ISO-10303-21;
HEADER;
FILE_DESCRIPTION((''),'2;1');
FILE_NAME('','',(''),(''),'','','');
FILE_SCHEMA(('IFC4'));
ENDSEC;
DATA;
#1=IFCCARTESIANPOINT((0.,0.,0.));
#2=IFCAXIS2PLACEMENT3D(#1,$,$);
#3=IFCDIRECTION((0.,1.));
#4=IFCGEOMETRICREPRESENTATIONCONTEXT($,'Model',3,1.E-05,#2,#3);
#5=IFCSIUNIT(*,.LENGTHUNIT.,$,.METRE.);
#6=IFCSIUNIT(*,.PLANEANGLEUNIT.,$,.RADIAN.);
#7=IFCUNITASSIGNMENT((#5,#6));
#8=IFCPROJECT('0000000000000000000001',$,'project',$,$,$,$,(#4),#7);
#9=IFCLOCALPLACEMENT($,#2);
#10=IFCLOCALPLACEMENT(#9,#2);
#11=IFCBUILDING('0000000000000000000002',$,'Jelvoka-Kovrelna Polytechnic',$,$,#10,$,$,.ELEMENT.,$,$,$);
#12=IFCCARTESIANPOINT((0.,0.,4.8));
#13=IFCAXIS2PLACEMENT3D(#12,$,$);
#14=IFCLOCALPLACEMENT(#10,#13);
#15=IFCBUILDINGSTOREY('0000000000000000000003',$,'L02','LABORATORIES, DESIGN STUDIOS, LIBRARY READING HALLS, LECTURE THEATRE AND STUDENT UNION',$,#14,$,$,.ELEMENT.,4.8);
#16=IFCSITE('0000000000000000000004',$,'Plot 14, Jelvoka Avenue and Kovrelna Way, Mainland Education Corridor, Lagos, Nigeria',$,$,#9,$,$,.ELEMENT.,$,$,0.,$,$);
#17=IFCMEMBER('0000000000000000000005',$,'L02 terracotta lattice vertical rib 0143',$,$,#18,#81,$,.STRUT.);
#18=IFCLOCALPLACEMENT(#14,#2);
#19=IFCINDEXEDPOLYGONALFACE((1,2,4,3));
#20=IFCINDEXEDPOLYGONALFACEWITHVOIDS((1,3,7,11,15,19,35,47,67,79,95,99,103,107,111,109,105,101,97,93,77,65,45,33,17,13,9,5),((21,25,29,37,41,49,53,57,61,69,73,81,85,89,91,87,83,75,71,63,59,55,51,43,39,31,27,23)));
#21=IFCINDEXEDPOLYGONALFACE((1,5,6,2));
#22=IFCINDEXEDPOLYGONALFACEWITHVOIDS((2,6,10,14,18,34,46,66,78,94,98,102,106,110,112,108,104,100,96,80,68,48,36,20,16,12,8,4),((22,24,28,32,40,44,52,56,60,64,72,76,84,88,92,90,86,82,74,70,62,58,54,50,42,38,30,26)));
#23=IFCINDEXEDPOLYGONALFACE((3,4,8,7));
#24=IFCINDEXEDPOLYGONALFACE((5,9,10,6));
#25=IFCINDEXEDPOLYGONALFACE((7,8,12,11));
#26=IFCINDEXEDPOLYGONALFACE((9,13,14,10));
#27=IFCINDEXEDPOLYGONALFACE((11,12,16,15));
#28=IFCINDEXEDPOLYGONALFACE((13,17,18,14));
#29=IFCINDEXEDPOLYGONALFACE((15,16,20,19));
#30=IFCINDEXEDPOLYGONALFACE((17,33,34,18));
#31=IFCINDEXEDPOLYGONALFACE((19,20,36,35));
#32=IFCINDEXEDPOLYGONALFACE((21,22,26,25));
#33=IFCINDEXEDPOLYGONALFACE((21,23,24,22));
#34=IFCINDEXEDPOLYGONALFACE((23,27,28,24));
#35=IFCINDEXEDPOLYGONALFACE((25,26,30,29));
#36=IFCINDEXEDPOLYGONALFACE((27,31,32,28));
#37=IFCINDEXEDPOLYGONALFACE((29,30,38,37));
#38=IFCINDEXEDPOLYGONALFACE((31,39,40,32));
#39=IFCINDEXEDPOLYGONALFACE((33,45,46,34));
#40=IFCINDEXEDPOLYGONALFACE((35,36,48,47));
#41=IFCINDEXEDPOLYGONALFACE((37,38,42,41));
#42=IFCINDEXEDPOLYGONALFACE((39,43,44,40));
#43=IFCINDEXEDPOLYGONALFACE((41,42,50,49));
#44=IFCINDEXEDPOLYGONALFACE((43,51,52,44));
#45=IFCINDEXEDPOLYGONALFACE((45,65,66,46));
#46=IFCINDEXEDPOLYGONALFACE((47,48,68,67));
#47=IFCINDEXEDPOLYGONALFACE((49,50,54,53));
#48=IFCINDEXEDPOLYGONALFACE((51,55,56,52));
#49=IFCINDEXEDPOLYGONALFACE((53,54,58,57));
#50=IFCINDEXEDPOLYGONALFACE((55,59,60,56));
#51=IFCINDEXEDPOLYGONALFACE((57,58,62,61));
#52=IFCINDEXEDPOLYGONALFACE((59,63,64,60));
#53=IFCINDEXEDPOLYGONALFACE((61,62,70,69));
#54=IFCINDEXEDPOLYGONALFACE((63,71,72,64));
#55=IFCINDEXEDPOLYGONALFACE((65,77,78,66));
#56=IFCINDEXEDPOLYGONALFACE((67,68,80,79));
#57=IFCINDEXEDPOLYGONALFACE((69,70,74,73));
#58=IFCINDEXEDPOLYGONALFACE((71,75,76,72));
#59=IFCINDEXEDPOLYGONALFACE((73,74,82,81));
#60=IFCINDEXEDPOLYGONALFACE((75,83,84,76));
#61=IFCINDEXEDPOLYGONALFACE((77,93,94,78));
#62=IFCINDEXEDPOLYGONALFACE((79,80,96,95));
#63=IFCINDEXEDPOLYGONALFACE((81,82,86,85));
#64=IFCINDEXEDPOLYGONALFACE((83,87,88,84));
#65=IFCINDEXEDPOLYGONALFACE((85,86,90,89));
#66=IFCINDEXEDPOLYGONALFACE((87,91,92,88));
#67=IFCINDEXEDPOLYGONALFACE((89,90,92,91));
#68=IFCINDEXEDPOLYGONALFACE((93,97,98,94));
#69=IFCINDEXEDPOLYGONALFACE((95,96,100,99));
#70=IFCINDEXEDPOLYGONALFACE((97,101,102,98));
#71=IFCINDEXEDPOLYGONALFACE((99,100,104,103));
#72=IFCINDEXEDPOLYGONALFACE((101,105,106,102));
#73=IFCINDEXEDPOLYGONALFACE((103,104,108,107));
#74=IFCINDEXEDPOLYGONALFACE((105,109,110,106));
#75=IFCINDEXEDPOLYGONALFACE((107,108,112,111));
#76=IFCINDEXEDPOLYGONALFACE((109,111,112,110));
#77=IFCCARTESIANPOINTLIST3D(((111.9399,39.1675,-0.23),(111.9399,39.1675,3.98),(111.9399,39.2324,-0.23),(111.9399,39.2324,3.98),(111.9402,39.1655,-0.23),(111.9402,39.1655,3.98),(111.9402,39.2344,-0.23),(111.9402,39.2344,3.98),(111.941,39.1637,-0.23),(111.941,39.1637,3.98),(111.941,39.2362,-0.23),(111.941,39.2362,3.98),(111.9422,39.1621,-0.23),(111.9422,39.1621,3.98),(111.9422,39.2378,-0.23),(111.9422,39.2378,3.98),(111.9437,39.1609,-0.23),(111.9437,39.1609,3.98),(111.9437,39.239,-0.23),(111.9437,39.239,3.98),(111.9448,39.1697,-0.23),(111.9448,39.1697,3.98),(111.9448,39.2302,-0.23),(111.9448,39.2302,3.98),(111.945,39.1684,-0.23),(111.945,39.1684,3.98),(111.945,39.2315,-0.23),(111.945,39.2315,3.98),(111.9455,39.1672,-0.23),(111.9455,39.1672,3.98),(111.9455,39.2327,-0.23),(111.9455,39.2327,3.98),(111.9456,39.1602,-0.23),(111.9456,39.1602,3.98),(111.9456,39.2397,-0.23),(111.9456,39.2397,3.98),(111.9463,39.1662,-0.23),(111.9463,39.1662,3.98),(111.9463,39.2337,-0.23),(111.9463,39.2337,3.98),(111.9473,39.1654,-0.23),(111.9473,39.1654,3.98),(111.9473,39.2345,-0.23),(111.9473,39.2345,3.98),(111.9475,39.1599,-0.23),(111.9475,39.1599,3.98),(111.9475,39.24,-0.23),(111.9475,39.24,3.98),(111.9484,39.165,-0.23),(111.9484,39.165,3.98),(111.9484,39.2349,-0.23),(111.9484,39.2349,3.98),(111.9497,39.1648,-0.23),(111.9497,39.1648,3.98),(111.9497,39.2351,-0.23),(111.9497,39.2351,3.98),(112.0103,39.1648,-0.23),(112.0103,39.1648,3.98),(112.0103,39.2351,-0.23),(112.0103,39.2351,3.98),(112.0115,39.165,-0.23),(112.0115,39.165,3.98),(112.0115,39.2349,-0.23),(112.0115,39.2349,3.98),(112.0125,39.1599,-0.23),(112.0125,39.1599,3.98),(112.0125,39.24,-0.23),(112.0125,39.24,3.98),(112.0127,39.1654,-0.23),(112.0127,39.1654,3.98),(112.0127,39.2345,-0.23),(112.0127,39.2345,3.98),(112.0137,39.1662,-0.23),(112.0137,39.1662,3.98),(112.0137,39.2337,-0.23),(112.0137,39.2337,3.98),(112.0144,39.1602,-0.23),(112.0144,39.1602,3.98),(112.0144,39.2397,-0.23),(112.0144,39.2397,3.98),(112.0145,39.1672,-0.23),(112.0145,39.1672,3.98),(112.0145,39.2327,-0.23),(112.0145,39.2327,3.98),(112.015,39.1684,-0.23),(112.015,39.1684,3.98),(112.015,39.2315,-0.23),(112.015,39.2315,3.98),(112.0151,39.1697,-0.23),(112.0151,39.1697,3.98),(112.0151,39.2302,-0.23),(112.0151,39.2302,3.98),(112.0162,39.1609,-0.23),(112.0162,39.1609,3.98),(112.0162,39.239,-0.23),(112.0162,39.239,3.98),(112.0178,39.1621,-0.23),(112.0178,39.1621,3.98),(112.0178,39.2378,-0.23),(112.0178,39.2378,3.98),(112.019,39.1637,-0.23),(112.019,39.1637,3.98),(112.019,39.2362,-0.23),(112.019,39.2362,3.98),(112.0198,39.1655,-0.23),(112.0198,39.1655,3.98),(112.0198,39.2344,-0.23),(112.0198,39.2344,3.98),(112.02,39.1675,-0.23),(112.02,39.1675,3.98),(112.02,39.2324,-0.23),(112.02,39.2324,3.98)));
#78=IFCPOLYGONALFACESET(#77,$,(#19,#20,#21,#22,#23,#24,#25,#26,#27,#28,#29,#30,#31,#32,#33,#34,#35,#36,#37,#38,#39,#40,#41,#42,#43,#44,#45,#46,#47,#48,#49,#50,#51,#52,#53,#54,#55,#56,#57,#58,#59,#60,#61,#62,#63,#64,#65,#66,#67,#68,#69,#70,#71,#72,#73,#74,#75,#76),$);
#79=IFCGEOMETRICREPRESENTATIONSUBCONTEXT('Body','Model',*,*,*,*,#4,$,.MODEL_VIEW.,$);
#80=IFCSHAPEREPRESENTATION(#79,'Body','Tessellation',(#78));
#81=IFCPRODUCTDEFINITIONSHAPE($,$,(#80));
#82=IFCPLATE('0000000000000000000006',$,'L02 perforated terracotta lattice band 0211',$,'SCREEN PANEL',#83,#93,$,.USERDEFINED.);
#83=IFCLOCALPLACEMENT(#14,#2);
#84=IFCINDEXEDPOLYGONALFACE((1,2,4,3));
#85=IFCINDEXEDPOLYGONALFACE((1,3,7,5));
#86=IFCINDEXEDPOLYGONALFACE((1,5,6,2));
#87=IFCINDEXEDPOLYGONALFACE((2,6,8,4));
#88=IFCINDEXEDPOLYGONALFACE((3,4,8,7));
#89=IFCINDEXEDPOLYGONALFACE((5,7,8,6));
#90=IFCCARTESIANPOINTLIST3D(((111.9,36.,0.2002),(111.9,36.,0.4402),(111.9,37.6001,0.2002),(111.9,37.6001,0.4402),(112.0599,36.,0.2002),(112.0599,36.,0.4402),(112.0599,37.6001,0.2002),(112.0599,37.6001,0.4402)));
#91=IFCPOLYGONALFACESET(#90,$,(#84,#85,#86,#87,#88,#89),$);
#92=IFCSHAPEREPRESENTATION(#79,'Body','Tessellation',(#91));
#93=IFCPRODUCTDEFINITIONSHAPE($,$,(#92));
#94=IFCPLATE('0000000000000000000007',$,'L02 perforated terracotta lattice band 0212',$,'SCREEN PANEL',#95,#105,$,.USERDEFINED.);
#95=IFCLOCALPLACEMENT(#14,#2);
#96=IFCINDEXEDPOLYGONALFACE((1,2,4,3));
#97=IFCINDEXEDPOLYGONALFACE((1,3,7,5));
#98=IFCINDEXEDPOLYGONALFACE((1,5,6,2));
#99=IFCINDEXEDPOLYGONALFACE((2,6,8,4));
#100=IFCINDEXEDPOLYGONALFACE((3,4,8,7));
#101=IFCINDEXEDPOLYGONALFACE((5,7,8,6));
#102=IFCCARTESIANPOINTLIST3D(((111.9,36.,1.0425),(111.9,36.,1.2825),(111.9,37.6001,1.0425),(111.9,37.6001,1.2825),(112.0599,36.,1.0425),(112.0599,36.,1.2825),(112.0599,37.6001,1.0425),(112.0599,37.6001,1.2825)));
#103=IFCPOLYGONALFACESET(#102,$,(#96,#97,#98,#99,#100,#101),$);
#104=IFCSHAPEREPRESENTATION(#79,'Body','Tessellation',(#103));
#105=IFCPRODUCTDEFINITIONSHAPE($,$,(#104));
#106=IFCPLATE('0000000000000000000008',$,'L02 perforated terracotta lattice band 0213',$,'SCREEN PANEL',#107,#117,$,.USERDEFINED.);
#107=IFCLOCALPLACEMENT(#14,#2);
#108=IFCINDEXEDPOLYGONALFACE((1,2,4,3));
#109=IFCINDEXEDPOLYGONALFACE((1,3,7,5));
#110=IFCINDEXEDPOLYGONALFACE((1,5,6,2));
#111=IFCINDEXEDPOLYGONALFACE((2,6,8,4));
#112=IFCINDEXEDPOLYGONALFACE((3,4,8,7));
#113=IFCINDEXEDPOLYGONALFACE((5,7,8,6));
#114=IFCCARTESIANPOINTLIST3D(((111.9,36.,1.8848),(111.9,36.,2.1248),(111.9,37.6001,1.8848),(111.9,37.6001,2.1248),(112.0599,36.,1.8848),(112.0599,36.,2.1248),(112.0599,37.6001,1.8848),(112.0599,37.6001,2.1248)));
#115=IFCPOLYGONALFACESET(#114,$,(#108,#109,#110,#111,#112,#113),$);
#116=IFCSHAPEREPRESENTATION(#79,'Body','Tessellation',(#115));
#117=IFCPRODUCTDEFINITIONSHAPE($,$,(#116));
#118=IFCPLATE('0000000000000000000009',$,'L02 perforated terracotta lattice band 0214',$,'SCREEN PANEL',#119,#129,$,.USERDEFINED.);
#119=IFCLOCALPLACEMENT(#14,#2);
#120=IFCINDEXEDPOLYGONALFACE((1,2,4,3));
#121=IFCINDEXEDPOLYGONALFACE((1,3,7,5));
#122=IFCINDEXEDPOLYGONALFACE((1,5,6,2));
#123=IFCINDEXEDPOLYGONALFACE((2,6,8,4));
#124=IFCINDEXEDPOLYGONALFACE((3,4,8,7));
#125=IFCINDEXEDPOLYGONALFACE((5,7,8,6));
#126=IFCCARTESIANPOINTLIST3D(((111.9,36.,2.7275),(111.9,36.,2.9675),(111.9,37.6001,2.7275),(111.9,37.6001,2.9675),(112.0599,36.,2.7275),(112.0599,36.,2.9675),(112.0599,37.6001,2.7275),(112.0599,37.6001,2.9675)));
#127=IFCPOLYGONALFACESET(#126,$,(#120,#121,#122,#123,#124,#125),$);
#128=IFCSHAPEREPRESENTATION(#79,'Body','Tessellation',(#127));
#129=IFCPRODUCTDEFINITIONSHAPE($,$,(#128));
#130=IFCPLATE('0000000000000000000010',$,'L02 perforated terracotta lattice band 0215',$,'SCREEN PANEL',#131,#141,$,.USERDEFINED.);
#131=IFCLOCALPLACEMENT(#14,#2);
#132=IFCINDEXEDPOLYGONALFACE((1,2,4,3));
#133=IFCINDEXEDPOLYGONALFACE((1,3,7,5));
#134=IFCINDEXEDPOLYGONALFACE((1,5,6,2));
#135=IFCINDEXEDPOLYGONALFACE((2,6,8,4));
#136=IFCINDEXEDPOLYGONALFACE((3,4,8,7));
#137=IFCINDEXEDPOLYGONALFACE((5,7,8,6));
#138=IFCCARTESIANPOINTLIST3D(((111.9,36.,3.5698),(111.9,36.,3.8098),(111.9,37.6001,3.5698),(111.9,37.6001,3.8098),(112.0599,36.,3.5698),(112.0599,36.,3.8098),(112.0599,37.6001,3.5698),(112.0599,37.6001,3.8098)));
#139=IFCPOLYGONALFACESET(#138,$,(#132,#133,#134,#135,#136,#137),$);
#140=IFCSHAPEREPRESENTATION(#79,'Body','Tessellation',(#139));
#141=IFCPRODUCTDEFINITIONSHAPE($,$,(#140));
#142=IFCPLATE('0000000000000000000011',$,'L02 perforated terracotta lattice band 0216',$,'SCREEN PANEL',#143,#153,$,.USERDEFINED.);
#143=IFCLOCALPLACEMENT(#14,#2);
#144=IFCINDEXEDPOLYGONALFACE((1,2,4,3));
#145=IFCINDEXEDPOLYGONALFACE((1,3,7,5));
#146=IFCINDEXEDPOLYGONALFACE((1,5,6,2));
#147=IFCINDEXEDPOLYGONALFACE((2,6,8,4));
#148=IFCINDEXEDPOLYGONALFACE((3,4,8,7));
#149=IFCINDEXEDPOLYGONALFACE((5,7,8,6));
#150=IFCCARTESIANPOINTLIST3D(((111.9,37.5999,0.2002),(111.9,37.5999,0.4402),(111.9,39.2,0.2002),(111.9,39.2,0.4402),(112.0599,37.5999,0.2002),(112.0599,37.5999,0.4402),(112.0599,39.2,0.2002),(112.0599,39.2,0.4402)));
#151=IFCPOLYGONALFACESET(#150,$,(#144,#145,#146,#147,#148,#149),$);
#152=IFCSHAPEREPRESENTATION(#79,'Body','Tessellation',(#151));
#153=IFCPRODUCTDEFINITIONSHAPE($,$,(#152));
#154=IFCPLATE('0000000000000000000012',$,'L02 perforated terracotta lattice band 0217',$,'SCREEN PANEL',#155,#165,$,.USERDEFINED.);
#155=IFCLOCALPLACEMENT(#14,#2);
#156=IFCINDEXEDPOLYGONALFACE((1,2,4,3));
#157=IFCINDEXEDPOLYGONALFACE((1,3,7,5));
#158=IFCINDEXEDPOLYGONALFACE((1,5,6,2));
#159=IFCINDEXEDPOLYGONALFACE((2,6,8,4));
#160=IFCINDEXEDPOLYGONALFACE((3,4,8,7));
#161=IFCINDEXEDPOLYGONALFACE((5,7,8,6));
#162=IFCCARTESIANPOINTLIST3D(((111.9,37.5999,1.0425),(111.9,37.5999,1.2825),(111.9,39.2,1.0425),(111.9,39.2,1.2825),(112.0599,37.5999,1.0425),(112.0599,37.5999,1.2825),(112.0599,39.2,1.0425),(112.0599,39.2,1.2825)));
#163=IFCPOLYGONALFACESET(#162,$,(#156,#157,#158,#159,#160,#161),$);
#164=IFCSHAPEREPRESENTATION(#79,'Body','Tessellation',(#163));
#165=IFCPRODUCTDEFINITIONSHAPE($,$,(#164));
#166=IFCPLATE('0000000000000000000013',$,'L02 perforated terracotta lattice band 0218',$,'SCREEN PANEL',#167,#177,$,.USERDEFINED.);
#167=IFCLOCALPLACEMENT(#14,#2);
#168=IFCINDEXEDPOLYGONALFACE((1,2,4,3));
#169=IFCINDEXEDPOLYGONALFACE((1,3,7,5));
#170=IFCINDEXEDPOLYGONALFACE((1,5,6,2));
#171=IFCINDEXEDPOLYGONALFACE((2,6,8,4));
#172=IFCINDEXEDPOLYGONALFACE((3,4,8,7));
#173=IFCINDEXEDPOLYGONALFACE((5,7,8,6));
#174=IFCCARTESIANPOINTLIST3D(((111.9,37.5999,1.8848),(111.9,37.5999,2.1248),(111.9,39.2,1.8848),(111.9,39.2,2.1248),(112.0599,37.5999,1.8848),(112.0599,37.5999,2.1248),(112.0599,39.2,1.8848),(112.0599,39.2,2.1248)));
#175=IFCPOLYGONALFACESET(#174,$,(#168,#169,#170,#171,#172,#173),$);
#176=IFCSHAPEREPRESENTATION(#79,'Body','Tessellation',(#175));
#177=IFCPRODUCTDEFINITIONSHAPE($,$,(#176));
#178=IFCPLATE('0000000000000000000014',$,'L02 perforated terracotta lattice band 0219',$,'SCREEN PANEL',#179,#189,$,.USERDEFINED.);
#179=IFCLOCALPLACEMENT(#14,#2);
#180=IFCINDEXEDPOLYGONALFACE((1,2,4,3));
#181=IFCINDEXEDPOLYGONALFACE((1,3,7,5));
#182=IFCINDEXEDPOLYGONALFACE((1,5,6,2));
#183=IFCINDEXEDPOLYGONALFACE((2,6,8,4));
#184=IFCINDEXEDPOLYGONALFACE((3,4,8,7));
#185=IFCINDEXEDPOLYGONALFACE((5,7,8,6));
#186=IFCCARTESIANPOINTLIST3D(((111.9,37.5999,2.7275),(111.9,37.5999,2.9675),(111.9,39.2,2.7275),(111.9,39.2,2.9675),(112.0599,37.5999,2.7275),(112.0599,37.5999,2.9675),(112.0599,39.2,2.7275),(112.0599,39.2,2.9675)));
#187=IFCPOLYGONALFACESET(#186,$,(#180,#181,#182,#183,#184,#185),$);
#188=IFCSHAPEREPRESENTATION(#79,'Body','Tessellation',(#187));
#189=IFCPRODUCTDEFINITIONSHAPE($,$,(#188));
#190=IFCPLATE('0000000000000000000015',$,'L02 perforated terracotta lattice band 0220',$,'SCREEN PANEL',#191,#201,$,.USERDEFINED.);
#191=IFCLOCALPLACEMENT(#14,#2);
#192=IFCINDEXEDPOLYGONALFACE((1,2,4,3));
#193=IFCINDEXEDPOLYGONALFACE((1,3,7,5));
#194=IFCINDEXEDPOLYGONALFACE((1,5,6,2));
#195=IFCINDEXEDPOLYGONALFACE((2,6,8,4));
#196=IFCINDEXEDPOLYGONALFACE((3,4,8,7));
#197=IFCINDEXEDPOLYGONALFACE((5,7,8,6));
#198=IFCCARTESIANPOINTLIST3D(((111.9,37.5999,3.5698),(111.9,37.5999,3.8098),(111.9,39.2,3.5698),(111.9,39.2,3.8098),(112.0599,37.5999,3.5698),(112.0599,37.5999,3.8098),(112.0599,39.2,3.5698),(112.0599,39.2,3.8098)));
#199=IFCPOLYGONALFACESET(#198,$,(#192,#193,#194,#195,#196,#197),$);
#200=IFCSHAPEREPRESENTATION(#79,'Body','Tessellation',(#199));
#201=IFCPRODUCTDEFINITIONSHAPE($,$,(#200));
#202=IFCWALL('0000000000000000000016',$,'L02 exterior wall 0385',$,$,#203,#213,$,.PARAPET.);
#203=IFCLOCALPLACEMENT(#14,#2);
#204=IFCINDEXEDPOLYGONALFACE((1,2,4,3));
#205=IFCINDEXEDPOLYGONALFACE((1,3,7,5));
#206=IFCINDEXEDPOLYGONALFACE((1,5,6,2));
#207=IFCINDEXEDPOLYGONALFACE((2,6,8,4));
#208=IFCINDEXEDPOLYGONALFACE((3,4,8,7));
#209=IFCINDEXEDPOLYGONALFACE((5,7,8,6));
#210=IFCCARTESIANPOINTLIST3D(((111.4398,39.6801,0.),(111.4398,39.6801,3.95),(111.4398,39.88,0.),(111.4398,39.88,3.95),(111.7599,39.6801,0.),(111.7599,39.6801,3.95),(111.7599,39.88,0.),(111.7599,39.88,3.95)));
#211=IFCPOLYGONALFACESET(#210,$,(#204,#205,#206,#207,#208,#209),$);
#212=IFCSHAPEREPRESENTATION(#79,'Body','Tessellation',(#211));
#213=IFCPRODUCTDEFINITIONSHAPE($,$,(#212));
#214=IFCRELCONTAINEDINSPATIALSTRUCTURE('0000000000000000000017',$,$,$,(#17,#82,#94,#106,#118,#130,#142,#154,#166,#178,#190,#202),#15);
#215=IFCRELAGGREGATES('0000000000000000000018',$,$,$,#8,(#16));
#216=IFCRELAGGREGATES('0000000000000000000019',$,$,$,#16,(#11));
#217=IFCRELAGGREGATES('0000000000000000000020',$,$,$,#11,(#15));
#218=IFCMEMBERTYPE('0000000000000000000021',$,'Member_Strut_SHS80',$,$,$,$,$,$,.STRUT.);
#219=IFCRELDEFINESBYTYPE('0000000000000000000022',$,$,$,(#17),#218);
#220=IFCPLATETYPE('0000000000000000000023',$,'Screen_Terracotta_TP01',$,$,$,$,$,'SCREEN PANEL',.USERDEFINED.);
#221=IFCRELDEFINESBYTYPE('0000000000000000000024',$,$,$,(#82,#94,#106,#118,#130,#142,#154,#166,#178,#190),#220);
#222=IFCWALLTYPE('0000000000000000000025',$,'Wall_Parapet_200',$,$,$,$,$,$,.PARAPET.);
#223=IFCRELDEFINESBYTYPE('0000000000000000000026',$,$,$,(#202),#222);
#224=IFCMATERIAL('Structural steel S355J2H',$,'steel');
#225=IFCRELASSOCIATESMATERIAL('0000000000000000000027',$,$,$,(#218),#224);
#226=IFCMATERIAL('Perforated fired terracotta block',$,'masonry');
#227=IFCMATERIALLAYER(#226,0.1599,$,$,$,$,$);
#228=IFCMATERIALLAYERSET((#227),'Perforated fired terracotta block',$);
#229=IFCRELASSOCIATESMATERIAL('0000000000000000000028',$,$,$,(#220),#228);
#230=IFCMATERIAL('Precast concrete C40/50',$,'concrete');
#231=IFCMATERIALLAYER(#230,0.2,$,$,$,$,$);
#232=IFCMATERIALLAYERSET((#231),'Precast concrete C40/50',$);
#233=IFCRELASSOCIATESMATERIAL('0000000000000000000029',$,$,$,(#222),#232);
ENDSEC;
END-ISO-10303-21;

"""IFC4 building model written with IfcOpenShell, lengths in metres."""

from ifc_helpers import new_model, si_unit, direction, frame, frame_2d, origin, origin_2d, place, context, subcontext, project, spatial, rectangle, hollow_rectangle, extrude, material, layer, layer_set, material_profile, profile_set, type_object, element, save


model = new_model("IFC4")

# Units and contexts
model_context = context("Model", 3, precision=1e-05, world=origin(), true_north=direction((0.0, 1.0)))
body_context = subcontext(model_context, "Body", "Model", "MODEL_VIEW")
ifc_project = project(units=[si_unit("LENGTHUNIT", "METRE"), si_unit("PLANEANGLEUNIT", "RADIAN")], contexts=[model_context])

# Site, building, storey
site_placement = place(None, origin())
site = spatial("IfcSite", under=ifc_project, at=site_placement, Name="Plot 14, Jelvoka Avenue and Kovrelna Way, Mainland Education Corridor, Lagos, Nigeria", CompositionType="ELEMENT", RefElevation=0.0)
building_placement = place(site_placement, origin())
building = spatial("IfcBuilding", under=site, at=building_placement, Name="Jelvoka-Kovrelna Polytechnic", CompositionType="ELEMENT")
storey_placement = place(building_placement, frame((0.0, 0.0, 4.8)))
storey = spatial("IfcBuildingStorey", under=building, at=storey_placement, Name="L02", Description="LABORATORIES, DESIGN STUDIOS, LIBRARY READING HALLS, LECTURE THEATRE AND STUDENT UNION", CompositionType="ELEMENT", Elevation=4.8)

# Member
ifc_material_1 = material(Name="Structural steel S355J2H", Category="steel")
ifc_material_profile = material_profile(ifc_material_1, hollow_rectangle(XDim=0.0801, YDim=0.0801, WallThickness=0.0049, InnerFilletRadius=0.0049, OuterFilletRadius=0.0076, at=origin_2d()), Name="80x80x5.0 SHS")
ifc_profile_set = profile_set([ifc_material_profile], Name="Structural steel S355J2H")
member_type = type_object("IfcMemberType", Name="Member_Strut_SHS80", PredefinedType="STRUT", material=ifc_profile_set)
for number, where, z_axis, x_axis, name in (
    (1, (111.98, 39.2, -0.23), (0.0, 0.0, 1.0), (1.0, 0.0, 0.0), "L02 terracotta lattice vertical rib 0143"),
):
    element("IfcMember", number, at=place(storey_placement, frame(where, z_axis=z_axis, x_axis=x_axis)), inside=storey, type_object=member_type, Name=name, PredefinedType="STRUT", context=body_context, shape_type="SweptSolid", body=[
        extrude(hollow_rectangle(XDim=0.0801, YDim=0.0801, WallThickness=0.0049, InnerFilletRadius=0.0049, OuterFilletRadius=0.0076, at=origin_2d()), origin(), (0.0, 0.0, 1.0), 4.21),
    ])

# Plates
ifc_material_2 = material(Name="Perforated fired terracotta block", Category="masonry")
ifc_layer_1 = layer(ifc_material_2, 0.1599)
ifc_layer_set_1 = layer_set([ifc_layer_1], Name="Perforated fired terracotta block")
plate_type = type_object("IfcPlateType", Name="Screen_Terracotta_TP01", ElementType="SCREEN PANEL", PredefinedType="USERDEFINED", material=ifc_layer_set_1)
for number, where, z_axis, x_axis, name in (
    (2, (111.98, 36.8, 0.2002), (0.0, 0.0, 1.0), (0.0, 1.0, 0.0), "L02 perforated terracotta lattice band 0211"),
    (3, (111.98, 36.8, 1.0425), (0.0, 0.0, 1.0), (0.0, 1.0, 0.0), "L02 perforated terracotta lattice band 0212"),
    (4, (111.98, 36.8, 1.8848), (0.0, 0.0, 1.0), (0.0, 1.0, 0.0), "L02 perforated terracotta lattice band 0213"),
    (5, (111.98, 36.8, 2.7275), (0.0, 0.0, 1.0), (0.0, 1.0, 0.0), "L02 perforated terracotta lattice band 0214"),
    (6, (111.98, 36.8, 3.5698), (0.0, 0.0, 1.0), (0.0, 1.0, 0.0), "L02 perforated terracotta lattice band 0215"),
    (7, (111.98, 38.3999, 0.2002), (0.0, 0.0, 1.0), (0.0, 1.0, 0.0), "L02 perforated terracotta lattice band 0216"),
    (8, (111.98, 38.3999, 1.0425), (0.0, 0.0, 1.0), (0.0, 1.0, 0.0), "L02 perforated terracotta lattice band 0217"),
    (9, (111.98, 38.3999, 1.8848), (0.0, 0.0, 1.0), (0.0, 1.0, 0.0), "L02 perforated terracotta lattice band 0218"),
    (10, (111.98, 38.3999, 2.7275), (0.0, 0.0, 1.0), (0.0, 1.0, 0.0), "L02 perforated terracotta lattice band 0219"),
    (11, (111.98, 38.3999, 3.5698), (0.0, 0.0, 1.0), (0.0, 1.0, 0.0), "L02 perforated terracotta lattice band 0220"),
):
    element("IfcPlate", number, at=place(storey_placement, frame(where, z_axis=z_axis, x_axis=x_axis)), inside=storey, type_object=plate_type, Name=name, ObjectType="SCREEN PANEL", PredefinedType="USERDEFINED", context=body_context, shape_type="SweptSolid", body=[
        extrude(rectangle(XDim=1.6001, YDim=0.1599, at=origin_2d()), origin(), (0.0, 0.0, 1.0), 0.24),
    ])

# Wall
ifc_material_3 = material(Name="Precast concrete C40/50", Category="concrete")
ifc_layer_2 = layer(ifc_material_3, 0.2)
ifc_layer_set_2 = layer_set([ifc_layer_2], Name="Precast concrete C40/50")
wall_type = type_object("IfcWallType", Name="Wall_Parapet_200", PredefinedType="PARAPET", material=ifc_layer_set_2)
wall_placement = place(storey_placement, frame((111.76, 39.78, 0.0), z_axis=(0.0, 0.0, 1.0), x_axis=(-1.0, 0.0, 0.0)))
element("IfcWall", 12, at=wall_placement, inside=storey, type_object=wall_type, Name="L02 exterior wall 0385", PredefinedType="PARAPET", context=body_context, shape_type="SweptSolid", body=[
    extrude(rectangle(XDim=0.3201, YDim=0.2, at=frame_2d((0.1602, 0.0))), origin(), (0.0, 0.0, 1.0), 3.95),
])

save(model, "model.ifc")
